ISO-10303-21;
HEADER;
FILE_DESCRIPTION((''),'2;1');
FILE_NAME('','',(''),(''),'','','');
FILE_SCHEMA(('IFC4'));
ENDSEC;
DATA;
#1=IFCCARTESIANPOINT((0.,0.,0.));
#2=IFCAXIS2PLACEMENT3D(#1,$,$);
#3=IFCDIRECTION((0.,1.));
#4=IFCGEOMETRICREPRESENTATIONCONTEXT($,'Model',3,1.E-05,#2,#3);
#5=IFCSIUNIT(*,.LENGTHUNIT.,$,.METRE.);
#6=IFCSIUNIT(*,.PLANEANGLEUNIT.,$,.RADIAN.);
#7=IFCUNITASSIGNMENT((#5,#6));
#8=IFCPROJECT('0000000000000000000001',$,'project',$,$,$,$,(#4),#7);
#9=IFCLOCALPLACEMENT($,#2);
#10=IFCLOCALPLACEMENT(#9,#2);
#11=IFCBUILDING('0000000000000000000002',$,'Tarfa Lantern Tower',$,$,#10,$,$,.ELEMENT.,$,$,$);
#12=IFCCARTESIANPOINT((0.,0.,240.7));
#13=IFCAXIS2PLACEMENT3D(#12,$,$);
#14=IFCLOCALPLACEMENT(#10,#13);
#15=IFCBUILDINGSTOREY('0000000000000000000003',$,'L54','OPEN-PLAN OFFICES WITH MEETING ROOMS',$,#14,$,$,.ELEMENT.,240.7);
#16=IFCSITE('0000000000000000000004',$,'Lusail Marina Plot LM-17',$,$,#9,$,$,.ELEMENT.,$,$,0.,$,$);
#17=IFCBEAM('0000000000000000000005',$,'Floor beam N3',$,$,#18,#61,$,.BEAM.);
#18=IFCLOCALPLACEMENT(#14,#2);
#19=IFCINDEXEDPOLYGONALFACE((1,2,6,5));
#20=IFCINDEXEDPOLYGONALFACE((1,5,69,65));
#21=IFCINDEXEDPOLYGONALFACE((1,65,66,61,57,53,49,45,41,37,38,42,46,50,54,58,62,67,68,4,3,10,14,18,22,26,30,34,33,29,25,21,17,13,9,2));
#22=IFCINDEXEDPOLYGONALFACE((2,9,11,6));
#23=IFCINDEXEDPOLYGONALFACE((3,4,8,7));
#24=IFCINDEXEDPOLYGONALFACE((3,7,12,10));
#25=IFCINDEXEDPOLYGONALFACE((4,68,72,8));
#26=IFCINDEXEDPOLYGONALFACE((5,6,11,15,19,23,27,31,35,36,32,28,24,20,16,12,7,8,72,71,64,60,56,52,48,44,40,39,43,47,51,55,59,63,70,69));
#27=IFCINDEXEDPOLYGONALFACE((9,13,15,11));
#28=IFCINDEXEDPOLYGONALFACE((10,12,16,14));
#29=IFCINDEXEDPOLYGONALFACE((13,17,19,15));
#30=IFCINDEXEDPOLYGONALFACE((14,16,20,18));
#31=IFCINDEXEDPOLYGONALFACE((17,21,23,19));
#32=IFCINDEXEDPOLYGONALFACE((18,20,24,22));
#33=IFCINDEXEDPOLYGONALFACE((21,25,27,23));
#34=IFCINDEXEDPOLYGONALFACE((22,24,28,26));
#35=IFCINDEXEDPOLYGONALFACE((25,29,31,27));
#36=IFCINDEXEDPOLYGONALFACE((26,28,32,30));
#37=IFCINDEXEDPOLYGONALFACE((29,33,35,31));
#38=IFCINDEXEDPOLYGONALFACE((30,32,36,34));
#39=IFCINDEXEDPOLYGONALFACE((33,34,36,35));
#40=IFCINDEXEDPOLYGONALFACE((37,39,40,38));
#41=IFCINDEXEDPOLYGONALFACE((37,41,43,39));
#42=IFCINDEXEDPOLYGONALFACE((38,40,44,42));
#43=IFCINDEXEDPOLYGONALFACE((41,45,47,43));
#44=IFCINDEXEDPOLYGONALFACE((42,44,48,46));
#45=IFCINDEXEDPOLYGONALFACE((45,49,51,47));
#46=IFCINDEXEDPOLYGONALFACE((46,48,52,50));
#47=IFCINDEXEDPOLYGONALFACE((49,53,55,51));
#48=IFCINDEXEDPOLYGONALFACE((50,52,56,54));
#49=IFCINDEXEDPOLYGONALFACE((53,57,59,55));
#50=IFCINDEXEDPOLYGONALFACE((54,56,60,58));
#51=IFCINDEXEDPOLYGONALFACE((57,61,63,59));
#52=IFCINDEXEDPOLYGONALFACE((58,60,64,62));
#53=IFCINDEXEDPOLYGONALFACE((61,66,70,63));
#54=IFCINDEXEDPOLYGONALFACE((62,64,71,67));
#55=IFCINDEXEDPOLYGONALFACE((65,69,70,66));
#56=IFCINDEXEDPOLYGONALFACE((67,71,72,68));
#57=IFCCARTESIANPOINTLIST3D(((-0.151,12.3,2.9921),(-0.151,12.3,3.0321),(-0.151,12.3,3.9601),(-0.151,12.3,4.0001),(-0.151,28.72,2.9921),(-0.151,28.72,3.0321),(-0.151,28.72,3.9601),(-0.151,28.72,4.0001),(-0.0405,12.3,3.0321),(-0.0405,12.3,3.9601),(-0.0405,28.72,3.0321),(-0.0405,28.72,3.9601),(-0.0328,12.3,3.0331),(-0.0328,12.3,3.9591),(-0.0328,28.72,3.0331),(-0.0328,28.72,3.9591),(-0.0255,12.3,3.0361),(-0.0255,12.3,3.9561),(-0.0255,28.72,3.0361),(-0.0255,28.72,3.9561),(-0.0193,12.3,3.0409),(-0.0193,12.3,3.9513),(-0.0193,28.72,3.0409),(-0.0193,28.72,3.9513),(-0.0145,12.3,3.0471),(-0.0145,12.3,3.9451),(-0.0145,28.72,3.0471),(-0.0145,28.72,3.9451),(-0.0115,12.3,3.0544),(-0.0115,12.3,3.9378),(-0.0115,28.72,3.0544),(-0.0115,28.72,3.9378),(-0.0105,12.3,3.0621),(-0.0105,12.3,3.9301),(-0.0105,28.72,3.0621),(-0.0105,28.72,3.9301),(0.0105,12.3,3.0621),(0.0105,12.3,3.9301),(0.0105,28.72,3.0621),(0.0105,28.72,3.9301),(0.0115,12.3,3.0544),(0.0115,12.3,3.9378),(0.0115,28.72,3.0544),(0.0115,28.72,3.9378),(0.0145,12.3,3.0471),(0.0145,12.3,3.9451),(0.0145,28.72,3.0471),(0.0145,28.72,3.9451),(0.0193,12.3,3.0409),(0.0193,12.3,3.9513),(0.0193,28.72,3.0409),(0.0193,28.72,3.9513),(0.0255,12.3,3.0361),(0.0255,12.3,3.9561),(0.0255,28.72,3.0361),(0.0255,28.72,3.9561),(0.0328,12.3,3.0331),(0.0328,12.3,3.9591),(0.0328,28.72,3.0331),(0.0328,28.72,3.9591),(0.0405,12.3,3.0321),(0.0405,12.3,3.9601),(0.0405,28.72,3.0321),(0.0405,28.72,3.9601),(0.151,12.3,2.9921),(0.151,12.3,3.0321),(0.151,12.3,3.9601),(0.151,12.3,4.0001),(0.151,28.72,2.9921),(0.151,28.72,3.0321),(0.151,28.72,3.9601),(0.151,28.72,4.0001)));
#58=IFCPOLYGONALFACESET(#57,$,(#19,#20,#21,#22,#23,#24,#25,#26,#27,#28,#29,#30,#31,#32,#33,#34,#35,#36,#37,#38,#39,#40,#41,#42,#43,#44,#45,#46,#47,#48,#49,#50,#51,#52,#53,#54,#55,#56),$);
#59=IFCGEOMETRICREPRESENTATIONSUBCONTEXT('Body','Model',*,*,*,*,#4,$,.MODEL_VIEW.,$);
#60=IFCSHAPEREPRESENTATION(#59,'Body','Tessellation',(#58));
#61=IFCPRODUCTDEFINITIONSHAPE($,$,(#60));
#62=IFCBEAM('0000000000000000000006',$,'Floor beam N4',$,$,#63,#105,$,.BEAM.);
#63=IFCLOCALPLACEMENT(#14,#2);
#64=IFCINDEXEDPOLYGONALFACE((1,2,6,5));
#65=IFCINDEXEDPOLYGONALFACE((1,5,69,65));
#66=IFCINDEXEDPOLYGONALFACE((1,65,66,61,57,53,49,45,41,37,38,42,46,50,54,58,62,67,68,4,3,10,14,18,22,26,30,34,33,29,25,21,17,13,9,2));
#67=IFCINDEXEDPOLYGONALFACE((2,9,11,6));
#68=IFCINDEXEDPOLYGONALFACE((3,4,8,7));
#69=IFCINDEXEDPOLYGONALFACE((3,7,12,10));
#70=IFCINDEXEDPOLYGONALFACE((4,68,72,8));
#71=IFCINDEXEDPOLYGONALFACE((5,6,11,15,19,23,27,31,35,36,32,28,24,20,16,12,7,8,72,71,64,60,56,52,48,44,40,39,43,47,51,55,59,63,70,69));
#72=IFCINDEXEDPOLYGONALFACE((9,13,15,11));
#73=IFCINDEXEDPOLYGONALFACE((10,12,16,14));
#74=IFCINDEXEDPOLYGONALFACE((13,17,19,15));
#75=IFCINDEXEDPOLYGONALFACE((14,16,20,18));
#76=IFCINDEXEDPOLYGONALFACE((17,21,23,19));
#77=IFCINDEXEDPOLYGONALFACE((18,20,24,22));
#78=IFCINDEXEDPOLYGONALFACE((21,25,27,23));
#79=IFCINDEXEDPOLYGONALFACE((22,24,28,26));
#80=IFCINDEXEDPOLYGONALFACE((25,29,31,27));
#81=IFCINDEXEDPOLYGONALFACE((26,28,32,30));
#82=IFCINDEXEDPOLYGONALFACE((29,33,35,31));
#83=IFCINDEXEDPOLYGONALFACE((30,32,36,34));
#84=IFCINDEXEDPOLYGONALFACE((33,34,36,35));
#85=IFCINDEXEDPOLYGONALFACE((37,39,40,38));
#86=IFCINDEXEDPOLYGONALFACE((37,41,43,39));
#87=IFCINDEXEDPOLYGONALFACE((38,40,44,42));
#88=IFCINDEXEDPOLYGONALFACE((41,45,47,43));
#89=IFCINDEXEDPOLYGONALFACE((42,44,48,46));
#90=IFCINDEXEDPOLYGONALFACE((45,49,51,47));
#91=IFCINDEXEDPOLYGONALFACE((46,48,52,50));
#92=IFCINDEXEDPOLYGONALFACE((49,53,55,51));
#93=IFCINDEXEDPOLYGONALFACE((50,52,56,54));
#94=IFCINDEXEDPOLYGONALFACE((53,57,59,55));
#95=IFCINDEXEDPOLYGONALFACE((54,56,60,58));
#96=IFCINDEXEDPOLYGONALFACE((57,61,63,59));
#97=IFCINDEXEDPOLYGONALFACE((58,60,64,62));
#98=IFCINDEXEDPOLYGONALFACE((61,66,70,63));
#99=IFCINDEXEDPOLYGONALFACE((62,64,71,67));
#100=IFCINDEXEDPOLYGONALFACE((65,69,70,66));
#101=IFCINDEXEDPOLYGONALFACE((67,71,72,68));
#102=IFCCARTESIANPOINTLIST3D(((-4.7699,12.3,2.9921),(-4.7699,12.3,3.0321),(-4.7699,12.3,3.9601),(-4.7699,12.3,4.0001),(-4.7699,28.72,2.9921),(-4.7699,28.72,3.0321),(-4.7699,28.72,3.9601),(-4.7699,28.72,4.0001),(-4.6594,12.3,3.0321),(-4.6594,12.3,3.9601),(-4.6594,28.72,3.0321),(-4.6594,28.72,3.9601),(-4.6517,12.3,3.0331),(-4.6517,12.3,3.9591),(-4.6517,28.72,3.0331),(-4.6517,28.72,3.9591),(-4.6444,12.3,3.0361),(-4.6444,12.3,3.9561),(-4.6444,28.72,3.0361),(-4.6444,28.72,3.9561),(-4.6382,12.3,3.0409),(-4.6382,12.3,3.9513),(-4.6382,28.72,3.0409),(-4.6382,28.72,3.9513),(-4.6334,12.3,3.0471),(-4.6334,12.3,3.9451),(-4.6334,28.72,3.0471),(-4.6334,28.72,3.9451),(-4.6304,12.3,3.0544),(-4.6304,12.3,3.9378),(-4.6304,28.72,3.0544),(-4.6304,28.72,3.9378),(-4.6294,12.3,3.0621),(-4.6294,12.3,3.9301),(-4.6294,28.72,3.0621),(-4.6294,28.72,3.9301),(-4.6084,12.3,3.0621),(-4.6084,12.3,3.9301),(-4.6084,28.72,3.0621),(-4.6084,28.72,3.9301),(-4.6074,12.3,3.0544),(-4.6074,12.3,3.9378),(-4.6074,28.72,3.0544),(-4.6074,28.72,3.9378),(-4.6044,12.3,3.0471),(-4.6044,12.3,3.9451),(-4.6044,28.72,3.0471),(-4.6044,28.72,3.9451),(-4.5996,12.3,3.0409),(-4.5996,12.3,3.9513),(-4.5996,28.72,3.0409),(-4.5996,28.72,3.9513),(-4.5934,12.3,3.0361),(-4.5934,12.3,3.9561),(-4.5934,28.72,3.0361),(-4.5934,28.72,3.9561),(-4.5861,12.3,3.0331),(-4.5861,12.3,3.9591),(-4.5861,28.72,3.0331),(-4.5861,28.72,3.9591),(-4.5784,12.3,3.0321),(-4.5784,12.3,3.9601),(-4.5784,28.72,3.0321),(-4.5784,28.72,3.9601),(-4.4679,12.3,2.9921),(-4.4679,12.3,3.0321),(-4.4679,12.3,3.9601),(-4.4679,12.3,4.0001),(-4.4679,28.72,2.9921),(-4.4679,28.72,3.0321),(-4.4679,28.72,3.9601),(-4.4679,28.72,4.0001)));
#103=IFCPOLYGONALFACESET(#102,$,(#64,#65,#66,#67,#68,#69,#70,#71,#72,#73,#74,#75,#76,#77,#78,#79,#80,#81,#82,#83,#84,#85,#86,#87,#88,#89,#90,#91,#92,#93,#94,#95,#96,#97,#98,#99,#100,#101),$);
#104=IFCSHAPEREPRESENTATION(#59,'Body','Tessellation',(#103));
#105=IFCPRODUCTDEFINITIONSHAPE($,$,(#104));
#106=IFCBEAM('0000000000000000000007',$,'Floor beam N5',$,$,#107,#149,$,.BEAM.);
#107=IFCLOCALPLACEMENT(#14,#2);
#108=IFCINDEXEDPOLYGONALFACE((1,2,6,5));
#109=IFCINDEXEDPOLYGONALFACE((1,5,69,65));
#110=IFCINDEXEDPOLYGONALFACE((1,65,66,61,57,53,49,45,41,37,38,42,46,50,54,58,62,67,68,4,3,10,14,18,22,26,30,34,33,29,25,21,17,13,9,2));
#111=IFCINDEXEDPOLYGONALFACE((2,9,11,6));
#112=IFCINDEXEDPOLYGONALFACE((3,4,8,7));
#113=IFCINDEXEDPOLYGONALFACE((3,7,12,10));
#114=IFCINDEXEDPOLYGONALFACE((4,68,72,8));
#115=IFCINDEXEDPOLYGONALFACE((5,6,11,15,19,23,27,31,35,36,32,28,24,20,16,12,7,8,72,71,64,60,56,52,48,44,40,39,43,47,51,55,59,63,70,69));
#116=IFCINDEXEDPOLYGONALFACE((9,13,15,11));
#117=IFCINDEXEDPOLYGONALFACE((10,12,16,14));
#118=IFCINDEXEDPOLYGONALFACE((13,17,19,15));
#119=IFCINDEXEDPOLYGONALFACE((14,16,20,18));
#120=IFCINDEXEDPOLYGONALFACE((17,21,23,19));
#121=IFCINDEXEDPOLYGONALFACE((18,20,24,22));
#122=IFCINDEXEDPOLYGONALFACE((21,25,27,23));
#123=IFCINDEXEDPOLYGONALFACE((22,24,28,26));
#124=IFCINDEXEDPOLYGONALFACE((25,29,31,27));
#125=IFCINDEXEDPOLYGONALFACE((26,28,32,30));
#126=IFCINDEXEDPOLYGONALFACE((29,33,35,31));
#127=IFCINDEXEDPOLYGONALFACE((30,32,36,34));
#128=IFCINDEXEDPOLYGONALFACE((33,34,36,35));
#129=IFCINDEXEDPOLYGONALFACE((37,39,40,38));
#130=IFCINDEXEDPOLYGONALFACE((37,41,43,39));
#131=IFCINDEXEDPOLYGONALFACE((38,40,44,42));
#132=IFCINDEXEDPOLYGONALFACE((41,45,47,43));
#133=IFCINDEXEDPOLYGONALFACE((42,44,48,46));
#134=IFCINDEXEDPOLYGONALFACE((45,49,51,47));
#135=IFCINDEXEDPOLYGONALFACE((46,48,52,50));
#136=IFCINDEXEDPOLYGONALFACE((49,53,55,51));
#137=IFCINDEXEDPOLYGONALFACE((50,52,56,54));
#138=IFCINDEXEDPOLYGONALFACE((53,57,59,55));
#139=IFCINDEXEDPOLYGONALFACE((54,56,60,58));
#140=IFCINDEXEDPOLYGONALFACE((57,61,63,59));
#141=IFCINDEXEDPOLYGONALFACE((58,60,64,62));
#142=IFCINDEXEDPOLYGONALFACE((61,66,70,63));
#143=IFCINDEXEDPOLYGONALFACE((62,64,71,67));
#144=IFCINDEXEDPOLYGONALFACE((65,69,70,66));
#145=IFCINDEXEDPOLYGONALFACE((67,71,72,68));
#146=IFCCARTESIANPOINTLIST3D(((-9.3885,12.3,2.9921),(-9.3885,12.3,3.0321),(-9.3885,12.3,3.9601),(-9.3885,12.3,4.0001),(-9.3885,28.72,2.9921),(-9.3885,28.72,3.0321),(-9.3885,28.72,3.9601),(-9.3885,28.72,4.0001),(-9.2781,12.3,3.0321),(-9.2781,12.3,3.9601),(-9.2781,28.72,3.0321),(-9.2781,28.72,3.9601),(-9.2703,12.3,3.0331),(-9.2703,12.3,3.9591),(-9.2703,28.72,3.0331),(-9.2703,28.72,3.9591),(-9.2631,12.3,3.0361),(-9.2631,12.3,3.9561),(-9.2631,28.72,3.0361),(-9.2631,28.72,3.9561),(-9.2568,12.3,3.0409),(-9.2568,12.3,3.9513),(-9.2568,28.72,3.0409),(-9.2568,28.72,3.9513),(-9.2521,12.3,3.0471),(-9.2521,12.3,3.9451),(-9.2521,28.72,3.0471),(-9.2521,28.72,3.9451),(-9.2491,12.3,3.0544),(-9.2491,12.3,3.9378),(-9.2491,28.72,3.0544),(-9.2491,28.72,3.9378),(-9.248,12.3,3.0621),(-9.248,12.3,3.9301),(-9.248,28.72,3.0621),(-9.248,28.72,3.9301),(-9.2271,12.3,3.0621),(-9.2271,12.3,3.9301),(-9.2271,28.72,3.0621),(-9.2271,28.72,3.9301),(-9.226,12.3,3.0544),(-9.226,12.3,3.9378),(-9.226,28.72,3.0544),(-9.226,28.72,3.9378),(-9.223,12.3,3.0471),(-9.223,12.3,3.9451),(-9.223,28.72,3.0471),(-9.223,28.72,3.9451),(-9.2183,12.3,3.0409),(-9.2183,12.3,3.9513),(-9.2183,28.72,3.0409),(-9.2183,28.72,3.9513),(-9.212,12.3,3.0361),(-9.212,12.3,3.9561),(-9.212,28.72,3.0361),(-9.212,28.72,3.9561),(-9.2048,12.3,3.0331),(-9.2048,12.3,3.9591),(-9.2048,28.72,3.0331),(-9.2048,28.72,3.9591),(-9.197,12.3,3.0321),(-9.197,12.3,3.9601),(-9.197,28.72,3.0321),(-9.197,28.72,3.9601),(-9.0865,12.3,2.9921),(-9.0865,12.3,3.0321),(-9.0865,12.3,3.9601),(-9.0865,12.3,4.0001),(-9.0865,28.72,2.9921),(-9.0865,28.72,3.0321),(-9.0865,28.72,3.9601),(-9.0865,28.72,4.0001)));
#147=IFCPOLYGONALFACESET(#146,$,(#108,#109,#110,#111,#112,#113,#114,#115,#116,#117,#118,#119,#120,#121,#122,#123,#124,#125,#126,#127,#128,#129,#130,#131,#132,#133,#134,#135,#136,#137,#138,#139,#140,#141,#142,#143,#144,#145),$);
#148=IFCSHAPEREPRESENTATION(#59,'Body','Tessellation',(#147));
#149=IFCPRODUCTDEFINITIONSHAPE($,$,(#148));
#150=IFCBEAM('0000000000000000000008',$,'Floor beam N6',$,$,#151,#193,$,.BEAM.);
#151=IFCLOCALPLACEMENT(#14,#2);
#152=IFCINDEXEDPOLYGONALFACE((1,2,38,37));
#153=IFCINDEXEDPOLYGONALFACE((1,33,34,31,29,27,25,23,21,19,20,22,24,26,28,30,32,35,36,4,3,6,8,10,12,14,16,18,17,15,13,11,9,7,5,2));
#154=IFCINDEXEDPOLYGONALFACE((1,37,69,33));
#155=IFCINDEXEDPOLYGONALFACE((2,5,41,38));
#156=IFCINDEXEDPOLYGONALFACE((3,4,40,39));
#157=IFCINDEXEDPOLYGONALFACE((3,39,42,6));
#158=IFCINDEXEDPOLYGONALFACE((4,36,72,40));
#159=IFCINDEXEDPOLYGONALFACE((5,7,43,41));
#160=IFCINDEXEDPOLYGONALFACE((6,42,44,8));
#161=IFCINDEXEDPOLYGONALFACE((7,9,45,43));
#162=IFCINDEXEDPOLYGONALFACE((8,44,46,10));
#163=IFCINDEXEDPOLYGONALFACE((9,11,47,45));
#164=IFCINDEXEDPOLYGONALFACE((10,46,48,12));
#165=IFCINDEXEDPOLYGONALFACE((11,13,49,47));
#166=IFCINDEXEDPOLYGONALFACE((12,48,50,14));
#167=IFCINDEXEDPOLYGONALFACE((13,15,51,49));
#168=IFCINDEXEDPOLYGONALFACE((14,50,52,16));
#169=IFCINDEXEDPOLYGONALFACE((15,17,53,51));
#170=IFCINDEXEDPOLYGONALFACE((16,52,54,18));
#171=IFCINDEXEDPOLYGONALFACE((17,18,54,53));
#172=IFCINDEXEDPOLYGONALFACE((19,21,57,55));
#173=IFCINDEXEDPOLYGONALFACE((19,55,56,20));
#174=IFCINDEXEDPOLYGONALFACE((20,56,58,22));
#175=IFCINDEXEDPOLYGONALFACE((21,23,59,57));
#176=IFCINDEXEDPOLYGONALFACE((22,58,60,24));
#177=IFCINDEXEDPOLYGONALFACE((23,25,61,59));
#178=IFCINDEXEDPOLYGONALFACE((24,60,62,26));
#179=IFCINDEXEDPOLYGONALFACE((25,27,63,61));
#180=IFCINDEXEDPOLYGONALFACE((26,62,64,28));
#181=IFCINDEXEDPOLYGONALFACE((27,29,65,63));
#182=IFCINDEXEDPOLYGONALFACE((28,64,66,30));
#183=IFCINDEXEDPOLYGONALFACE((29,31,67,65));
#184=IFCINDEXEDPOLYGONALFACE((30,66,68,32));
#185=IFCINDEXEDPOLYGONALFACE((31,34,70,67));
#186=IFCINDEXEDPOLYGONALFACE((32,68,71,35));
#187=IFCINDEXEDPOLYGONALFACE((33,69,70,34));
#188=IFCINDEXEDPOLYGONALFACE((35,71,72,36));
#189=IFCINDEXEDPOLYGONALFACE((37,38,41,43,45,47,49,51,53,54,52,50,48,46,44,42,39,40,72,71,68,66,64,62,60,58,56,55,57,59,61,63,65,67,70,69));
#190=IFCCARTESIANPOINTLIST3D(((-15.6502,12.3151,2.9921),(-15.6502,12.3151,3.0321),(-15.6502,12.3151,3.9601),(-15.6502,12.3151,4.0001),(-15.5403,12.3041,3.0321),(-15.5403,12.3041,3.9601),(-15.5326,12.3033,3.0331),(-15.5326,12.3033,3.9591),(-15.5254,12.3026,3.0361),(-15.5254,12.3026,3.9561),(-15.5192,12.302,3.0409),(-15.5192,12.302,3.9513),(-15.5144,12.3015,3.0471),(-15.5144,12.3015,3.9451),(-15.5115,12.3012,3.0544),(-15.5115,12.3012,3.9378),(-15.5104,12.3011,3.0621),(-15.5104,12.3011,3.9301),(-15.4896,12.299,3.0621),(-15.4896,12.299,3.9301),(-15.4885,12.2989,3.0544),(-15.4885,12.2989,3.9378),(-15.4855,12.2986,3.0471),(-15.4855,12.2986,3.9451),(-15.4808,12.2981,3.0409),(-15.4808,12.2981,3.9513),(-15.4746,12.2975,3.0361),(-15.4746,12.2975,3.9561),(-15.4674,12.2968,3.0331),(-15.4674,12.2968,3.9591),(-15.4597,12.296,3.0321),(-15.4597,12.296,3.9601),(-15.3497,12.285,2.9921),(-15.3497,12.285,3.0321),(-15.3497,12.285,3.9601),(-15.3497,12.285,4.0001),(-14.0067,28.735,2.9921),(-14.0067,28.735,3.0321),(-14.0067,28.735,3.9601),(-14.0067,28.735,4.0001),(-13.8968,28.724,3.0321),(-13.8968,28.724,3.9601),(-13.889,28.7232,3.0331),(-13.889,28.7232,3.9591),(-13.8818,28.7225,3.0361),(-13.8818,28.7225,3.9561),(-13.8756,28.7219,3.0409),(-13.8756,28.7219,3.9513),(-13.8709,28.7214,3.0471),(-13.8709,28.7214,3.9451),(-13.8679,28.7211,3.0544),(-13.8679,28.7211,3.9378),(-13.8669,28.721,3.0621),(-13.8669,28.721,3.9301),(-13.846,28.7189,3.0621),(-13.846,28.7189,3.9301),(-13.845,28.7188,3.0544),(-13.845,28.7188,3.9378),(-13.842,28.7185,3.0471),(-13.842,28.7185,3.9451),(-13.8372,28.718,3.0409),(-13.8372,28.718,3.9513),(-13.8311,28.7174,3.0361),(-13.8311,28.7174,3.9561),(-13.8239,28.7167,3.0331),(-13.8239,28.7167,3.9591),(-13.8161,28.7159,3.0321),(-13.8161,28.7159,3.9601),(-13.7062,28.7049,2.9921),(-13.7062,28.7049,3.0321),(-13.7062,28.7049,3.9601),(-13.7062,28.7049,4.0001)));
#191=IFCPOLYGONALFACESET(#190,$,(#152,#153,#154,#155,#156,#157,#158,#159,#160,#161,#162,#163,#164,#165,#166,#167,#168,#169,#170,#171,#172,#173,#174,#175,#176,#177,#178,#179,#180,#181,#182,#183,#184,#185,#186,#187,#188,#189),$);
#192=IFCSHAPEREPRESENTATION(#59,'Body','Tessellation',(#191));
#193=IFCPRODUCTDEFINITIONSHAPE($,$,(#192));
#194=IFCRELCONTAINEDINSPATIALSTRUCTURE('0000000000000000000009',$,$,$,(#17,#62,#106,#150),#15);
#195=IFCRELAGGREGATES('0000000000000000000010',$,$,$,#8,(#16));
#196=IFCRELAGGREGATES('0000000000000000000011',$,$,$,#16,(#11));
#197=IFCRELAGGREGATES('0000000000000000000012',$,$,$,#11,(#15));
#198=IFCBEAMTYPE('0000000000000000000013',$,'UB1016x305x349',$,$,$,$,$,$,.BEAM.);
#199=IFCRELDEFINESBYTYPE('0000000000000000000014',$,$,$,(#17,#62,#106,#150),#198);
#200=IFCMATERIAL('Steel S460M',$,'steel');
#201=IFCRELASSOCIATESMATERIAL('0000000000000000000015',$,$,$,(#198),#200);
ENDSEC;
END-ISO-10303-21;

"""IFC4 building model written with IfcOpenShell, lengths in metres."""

from ifc_helpers import new_model, si_unit, direction, frame, origin, origin_2d, place, context, subcontext, project, spatial, i_section, extrude, material, material_profile, profile_set, type_object, element, save


model = new_model("IFC4")

# Units and contexts
model_context = context("Model", 3, precision=1e-05, world=origin(), true_north=direction((0.0, 1.0)))
body_context = subcontext(model_context, "Body", "Model", "MODEL_VIEW")
ifc_project = project(units=[si_unit("LENGTHUNIT", "METRE"), si_unit("PLANEANGLEUNIT", "RADIAN")], contexts=[model_context])

# Site, building, storey
site_placement = place(None, origin())
site = spatial("IfcSite", under=ifc_project, at=site_placement, Name="Lusail Marina Plot LM-17", CompositionType="ELEMENT", RefElevation=0.0)
building_placement = place(site_placement, origin())
building = spatial("IfcBuilding", under=site, at=building_placement, Name="Tarfa Lantern Tower", CompositionType="ELEMENT")
storey_placement = place(building_placement, frame((0.0, 0.0, 240.7)))
storey = spatial("IfcBuildingStorey", under=building, at=storey_placement, Name="L54", Description="OPEN-PLAN OFFICES WITH MEETING ROOMS", CompositionType="ELEMENT", Elevation=240.7)

# Beams
ifc_material_1 = material(Name="Steel S460M", Category="steel")
ifc_material_profile_1 = material_profile(ifc_material_1, i_section(OverallWidth=0.302, OverallDepth=1.0081, WebThickness=0.021, FlangeThickness=0.04, FilletRadius=0.03, at=origin_2d()), Name="UB1016x305x349")
ifc_profile_set_1 = profile_set([ifc_material_profile_1], Name="Steel S460M")
beam_type_1 = type_object("IfcBeamType", Name="UB1016x305x349", PredefinedType="BEAM", material=ifc_profile_set_1)
for number, where, z_axis, x_axis, name in (
    (1, (0.0, 28.72, 3.4961), (0.0, -1.0, 0.0), (1.0, 0.0, 0.0), "Floor beam N3"),
    (2, (-4.6189, 28.72, 3.4961), (0.0, -1.0, 0.0), (1.0, 0.0, 0.0), "Floor beam N4"),
    (3, (-9.2375, 28.72, 3.4961), (0.0, -1.0, 0.0), (1.0, 0.0, 0.0), "Floor beam N5"),
):
    element("IfcBeam", number, at=place(storey_placement, frame(where, z_axis=z_axis, x_axis=x_axis)), inside=storey, type_object=beam_type_1, Name=name, PredefinedType="BEAM", context=body_context, shape_type="SweptSolid", body=[
        extrude(i_section(OverallWidth=0.302, OverallDepth=1.0081, WebThickness=0.021, FlangeThickness=0.04, FilletRadius=0.03, at=origin_2d()), origin(), (0.0, 0.0, 1.0), 16.4199),
    ])
beam_1_placement = place(storey_placement, frame((-13.8564, 28.72, 3.4961), z_axis=(-0.099597, -0.995028, 0.0), x_axis=(0.995028, -0.099597, 0.0)))
element("IfcBeam", 4, at=beam_1_placement, inside=storey, type_object=beam_type_1, Name="Floor beam N6", PredefinedType="BEAM", context=body_context, shape_type="SweptSolid", body=[
    extrude(i_section(OverallWidth=0.302, OverallDepth=1.0081, WebThickness=0.021, FlangeThickness=0.04, FilletRadius=0.03, at=origin_2d()), origin(), (0.0, 0.0, 1.0), 16.502),
])

save(model, "model.ifc")
